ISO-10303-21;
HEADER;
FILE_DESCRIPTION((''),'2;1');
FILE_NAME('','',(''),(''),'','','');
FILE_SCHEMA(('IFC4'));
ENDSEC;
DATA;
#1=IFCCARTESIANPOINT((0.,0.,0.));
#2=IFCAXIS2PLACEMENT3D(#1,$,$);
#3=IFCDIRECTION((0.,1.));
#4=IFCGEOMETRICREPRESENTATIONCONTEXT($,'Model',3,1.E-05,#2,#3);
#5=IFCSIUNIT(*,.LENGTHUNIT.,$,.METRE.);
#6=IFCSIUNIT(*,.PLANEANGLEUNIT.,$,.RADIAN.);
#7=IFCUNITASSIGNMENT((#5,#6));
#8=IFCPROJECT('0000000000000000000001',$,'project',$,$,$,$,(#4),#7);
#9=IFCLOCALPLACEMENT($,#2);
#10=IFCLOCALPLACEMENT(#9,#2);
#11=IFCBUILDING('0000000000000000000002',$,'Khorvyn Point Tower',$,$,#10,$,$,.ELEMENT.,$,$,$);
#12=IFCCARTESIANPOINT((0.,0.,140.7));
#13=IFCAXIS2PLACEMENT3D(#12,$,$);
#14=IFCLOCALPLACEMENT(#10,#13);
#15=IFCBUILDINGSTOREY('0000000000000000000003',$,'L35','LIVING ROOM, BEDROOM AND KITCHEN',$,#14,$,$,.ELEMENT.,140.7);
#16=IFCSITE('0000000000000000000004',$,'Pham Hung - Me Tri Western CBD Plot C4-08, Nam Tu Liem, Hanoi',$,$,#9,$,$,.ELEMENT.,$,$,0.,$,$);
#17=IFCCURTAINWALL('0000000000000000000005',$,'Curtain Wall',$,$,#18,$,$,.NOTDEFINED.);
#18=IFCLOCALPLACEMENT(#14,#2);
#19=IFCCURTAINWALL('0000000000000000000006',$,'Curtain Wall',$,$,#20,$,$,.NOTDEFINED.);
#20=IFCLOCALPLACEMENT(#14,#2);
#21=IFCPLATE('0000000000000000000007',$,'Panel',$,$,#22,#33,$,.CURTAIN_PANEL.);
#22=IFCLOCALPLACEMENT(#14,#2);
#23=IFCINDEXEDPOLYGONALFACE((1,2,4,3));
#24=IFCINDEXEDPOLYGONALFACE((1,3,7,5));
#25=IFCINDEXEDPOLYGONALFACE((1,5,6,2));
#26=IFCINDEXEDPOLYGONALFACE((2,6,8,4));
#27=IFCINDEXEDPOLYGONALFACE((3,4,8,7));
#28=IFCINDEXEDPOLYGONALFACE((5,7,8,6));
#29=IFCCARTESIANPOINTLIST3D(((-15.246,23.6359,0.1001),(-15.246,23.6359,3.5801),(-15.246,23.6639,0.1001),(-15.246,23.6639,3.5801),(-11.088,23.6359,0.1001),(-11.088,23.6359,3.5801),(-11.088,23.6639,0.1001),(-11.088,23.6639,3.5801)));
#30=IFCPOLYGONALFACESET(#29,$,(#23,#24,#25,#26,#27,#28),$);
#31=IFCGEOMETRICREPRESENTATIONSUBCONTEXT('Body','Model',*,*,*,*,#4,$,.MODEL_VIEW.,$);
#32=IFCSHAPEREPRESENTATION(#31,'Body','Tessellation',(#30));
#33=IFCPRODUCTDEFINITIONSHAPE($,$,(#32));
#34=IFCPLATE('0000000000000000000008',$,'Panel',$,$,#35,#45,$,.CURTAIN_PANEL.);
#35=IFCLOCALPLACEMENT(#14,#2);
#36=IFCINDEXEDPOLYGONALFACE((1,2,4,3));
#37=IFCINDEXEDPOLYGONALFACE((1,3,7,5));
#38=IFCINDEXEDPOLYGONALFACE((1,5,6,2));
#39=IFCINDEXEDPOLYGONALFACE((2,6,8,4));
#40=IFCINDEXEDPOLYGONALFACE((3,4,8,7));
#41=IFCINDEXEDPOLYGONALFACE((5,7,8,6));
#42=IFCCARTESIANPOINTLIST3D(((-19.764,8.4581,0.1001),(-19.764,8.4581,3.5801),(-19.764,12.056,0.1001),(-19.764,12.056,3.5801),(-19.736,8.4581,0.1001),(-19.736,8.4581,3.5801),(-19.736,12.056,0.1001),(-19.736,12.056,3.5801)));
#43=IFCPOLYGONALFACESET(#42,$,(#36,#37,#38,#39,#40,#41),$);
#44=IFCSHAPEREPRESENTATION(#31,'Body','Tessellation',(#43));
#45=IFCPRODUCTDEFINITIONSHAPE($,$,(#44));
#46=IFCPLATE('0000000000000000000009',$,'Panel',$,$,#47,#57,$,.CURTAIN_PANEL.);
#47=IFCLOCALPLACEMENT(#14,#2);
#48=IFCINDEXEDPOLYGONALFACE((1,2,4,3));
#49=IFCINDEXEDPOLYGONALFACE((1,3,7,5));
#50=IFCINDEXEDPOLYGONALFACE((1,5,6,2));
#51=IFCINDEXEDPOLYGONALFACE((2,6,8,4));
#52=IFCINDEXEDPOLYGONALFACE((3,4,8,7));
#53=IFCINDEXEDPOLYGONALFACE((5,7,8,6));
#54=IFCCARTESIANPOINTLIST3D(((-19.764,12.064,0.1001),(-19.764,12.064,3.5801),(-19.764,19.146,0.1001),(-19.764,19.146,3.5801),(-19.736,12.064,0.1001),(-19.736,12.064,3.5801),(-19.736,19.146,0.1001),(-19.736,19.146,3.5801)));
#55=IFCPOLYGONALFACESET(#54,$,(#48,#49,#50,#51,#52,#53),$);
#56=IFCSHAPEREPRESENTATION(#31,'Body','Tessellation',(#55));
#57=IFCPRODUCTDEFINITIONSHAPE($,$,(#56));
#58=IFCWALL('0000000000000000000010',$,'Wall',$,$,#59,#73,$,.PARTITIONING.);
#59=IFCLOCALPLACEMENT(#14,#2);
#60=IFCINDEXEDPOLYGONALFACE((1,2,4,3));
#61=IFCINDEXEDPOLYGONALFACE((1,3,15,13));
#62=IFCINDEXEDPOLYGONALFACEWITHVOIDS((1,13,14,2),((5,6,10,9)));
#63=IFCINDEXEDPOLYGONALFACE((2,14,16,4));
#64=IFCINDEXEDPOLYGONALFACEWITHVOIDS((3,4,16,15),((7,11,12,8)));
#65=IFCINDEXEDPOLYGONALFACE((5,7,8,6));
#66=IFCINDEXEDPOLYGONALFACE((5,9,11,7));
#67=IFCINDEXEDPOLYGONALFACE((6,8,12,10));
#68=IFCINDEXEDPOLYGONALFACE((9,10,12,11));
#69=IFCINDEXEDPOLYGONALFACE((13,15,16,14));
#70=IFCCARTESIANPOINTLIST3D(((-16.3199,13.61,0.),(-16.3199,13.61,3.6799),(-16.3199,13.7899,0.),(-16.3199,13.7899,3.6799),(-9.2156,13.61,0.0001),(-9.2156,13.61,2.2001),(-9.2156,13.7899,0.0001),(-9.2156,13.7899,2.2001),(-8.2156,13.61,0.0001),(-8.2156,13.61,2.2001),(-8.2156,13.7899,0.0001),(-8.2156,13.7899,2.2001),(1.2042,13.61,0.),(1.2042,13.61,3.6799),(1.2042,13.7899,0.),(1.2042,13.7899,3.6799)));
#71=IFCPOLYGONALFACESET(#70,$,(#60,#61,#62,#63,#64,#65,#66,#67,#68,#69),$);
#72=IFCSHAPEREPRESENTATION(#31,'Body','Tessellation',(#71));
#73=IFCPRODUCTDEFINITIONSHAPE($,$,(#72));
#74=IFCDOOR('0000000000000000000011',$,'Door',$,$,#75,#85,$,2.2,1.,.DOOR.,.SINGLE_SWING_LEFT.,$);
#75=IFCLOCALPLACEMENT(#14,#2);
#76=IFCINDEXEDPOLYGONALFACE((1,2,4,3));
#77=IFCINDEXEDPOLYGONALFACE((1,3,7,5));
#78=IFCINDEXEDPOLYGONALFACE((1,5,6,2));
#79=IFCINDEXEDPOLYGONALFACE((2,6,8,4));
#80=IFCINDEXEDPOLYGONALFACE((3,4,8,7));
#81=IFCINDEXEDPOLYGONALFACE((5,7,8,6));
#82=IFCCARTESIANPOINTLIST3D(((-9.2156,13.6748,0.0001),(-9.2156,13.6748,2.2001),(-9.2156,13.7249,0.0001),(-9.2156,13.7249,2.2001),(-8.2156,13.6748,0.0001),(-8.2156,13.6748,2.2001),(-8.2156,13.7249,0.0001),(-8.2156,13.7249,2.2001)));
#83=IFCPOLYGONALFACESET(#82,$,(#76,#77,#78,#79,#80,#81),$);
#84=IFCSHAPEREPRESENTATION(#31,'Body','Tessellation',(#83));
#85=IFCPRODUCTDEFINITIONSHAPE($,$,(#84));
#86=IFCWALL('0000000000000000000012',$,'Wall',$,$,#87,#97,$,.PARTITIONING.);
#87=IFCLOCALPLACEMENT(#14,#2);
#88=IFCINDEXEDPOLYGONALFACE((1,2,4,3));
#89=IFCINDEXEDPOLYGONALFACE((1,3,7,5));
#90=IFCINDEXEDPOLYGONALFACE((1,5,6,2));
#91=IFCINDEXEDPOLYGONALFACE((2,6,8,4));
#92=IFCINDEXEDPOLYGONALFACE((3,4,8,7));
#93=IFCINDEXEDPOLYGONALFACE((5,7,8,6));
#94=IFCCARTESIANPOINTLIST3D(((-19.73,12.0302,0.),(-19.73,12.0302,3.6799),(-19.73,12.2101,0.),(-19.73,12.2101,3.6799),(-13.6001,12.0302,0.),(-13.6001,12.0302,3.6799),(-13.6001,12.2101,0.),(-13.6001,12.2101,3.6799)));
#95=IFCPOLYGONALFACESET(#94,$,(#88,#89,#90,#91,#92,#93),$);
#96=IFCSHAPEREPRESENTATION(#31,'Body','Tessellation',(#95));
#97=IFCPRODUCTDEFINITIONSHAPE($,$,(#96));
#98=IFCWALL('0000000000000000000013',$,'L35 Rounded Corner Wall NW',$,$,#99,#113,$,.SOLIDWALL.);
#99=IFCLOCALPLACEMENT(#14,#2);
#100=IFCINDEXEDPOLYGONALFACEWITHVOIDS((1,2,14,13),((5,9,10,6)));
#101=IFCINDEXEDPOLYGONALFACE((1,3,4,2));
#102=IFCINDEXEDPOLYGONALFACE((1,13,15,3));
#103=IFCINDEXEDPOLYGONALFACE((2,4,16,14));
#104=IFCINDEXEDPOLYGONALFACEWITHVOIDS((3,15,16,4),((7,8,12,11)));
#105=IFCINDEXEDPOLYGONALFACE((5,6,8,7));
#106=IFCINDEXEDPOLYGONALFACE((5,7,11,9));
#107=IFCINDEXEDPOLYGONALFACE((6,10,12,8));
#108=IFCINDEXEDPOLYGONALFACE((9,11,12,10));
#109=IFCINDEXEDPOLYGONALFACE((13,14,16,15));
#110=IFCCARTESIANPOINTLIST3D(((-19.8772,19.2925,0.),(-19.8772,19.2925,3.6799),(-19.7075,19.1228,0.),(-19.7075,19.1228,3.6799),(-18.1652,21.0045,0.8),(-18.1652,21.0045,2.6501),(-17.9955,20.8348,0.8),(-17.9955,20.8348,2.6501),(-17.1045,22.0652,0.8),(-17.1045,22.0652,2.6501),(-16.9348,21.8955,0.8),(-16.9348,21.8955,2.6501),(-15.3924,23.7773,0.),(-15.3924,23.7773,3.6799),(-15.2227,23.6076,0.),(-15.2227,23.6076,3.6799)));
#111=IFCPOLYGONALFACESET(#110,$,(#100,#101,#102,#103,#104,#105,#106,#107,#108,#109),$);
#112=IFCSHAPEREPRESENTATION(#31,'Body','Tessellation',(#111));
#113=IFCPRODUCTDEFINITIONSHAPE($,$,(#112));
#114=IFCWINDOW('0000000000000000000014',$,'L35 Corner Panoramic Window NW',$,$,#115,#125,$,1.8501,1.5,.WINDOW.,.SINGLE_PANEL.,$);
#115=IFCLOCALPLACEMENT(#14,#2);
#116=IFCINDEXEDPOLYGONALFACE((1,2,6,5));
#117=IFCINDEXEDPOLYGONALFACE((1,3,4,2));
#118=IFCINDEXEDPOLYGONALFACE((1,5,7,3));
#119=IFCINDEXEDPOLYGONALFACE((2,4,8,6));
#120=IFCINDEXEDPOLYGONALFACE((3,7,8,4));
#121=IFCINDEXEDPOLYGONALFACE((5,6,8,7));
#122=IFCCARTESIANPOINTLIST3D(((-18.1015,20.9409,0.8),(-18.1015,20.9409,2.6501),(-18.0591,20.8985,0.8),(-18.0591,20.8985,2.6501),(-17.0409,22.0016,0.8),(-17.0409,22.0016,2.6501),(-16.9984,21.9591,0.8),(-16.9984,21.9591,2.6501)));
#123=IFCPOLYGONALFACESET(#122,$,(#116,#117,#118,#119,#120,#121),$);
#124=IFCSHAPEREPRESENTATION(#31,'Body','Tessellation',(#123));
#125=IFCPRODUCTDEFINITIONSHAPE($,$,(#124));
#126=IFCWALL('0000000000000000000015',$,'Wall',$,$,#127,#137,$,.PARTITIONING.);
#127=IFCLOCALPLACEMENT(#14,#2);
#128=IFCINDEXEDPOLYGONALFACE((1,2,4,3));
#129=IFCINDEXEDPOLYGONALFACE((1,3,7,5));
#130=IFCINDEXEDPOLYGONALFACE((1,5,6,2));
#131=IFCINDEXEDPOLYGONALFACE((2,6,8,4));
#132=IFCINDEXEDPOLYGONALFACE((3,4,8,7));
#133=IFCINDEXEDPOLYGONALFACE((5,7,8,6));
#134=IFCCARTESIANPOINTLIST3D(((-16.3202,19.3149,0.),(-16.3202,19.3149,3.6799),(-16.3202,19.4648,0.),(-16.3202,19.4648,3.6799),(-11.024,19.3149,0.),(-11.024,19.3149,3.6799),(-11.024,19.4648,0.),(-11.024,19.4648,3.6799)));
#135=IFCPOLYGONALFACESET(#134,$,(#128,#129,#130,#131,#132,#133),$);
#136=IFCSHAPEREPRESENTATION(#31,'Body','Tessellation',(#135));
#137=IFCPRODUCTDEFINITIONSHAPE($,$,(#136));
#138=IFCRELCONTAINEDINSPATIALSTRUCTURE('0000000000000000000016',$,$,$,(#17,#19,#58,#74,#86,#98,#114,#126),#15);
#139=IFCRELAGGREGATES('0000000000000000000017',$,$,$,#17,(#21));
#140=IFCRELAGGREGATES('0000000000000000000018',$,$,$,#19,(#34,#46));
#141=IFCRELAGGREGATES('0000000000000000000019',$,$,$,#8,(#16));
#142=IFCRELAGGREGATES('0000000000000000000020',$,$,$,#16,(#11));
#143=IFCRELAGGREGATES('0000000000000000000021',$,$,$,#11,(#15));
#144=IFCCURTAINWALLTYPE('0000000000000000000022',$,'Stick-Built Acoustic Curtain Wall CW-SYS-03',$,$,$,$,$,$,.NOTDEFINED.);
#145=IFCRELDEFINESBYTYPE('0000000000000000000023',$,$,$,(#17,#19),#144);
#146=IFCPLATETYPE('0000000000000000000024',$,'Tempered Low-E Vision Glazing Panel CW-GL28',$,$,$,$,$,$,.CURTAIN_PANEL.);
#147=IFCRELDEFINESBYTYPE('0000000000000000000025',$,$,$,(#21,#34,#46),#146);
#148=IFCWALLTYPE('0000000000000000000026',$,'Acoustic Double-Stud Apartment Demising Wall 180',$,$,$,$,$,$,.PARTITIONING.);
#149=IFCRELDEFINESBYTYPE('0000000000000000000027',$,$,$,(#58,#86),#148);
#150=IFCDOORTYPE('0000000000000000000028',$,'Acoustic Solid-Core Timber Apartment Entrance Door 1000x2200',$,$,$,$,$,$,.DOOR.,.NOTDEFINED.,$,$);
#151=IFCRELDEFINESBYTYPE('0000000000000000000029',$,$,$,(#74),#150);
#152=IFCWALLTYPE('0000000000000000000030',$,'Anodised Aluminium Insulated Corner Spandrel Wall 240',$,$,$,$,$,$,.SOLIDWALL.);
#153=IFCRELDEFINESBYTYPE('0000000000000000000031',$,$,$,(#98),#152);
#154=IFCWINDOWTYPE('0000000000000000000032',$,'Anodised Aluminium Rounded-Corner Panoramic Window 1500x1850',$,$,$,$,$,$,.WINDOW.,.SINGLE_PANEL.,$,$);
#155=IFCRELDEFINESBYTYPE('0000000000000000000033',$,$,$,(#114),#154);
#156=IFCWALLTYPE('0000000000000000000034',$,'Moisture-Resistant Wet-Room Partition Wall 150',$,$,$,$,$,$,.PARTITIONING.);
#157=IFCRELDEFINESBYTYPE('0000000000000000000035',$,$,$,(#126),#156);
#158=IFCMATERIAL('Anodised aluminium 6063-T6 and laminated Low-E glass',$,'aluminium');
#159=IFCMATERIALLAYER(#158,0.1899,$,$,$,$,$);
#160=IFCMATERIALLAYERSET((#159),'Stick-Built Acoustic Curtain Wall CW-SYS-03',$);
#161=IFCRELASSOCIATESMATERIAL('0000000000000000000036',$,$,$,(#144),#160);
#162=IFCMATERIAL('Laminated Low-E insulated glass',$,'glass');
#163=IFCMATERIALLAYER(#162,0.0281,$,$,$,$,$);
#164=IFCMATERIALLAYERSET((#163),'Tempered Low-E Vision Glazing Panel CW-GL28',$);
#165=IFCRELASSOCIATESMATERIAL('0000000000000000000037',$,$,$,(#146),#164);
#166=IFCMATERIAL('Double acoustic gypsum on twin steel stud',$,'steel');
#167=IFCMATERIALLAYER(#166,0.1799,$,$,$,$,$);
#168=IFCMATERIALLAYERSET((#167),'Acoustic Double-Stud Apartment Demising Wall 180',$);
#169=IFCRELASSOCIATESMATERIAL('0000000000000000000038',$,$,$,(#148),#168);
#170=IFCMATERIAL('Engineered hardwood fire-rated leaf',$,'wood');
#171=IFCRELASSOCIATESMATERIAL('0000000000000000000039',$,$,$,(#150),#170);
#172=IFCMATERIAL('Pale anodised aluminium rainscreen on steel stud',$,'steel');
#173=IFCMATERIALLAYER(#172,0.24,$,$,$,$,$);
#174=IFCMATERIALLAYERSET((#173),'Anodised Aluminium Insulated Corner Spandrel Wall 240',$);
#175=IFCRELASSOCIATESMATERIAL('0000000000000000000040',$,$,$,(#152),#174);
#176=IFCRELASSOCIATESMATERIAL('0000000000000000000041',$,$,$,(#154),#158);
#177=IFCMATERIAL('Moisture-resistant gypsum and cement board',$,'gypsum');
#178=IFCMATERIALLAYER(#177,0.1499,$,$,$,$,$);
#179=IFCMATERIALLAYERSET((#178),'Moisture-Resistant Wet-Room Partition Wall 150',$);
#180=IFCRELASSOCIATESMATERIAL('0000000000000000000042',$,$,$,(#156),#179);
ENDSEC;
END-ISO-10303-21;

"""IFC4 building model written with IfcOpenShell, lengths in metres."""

from ifc_helpers import new_model, si_unit, direction, frame, frame_2d, origin, origin_2d, place, context, subcontext, project, spatial, rectangle, extrude, material, layer, layer_set, type_object, element, fill, aggregate, save


model = new_model("IFC4")

# Units and contexts
model_context = context("Model", 3, precision=1e-05, world=origin(), true_north=direction((0.0, 1.0)))
body_context = subcontext(model_context, "Body", "Model", "MODEL_VIEW")
ifc_project = project(units=[si_unit("LENGTHUNIT", "METRE"), si_unit("PLANEANGLEUNIT", "RADIAN")], contexts=[model_context])

# Site, building, storey
site_placement = place(None, origin())
site = spatial("IfcSite", under=ifc_project, at=site_placement, Name="Pham Hung - Me Tri Western CBD Plot C4-08, Nam Tu Liem, Hanoi", CompositionType="ELEMENT", RefElevation=0.0)
building_placement = place(site_placement, origin())
building = spatial("IfcBuilding", under=site, at=building_placement, Name="Khorvyn Point Tower", CompositionType="ELEMENT")
storey_placement = place(building_placement, frame((0.0, 0.0, 140.7)))
storey = spatial("IfcBuildingStorey", under=building, at=storey_placement, Name="L35", Description="LIVING ROOM, BEDROOM AND KITCHEN", CompositionType="ELEMENT", Elevation=140.7)

# Curtain walls
ifc_material_1 = material(Name="Anodised aluminium 6063-T6 and laminated Low-E glass", Category="aluminium")
ifc_layer_1 = layer(ifc_material_1, 0.1899)
ifc_layer_set_1 = layer_set([ifc_layer_1], Name="Stick-Built Acoustic Curtain Wall CW-SYS-03")
curtain_wall_type = type_object("IfcCurtainWallType", Name="Stick-Built Acoustic Curtain Wall CW-SYS-03", PredefinedType="NOTDEFINED", material=ifc_layer_set_1)
curtain_wall_1_placement = place(storey_placement, origin())
curtain_wall_1 = element("IfcCurtainWall", 1, at=curtain_wall_1_placement, inside=storey, type_object=curtain_wall_type, Name="Curtain Wall", PredefinedType="NOTDEFINED")
curtain_wall_2_placement = place(storey_placement, origin())
curtain_wall_2 = element("IfcCurtainWall", 2, at=curtain_wall_2_placement, inside=storey, type_object=curtain_wall_type, Name="Curtain Wall", PredefinedType="NOTDEFINED")

# Plates
ifc_material_2 = material(Name="Laminated Low-E insulated glass", Category="glass")
ifc_layer_2 = layer(ifc_material_2, 0.0281)
ifc_layer_set_2 = layer_set([ifc_layer_2], Name="Tempered Low-E Vision Glazing Panel CW-GL28")
plate_type = type_object("IfcPlateType", Name="Tempered Low-E Vision Glazing Panel CW-GL28", PredefinedType="CURTAIN_PANEL", material=ifc_layer_set_2)
plate_1_placement = place(storey_placement, frame((-13.167, 23.6499, 0.1001), z_axis=(0.0, 0.0, 1.0), x_axis=(1.0, 0.0, 0.0)))
plate_1 = element("IfcPlate", 3, at=plate_1_placement, type_object=plate_type, Name="Panel", PredefinedType="CURTAIN_PANEL", context=body_context, shape_type="SweptSolid", body=[
    extrude(rectangle(XDim=4.158, YDim=0.0281, at=origin_2d()), origin(), (0.0, 0.0, 1.0), 3.48),
])
aggregate(curtain_wall_1, [plate_1])
plate_2_placement = place(storey_placement, frame((-19.75, 10.2571, 0.1001), z_axis=(0.0, 0.0, 1.0), x_axis=(0.0, 1.0, 0.0)))
plate_2 = element("IfcPlate", 4, at=plate_2_placement, type_object=plate_type, Name="Panel", PredefinedType="CURTAIN_PANEL", context=body_context, shape_type="SweptSolid", body=[
    extrude(rectangle(XDim=3.5979, YDim=0.0281, at=origin_2d()), origin(), (0.0, 0.0, 1.0), 3.48),
])
plate_3_placement = place(storey_placement, frame((-19.75, 15.605, 0.1001), z_axis=(0.0, 0.0, 1.0), x_axis=(0.0, 1.0, 0.0)))
plate_3 = element("IfcPlate", 5, at=plate_3_placement, type_object=plate_type, Name="Panel", PredefinedType="CURTAIN_PANEL", context=body_context, shape_type="SweptSolid", body=[
    extrude(rectangle(XDim=7.082, YDim=0.0281, at=origin_2d()), origin(), (0.0, 0.0, 1.0), 3.48),
])
aggregate(curtain_wall_2, [plate_2, plate_3])

# Wall, opening, door
ifc_material_3 = material(Name="Double acoustic gypsum on twin steel stud", Category="steel")
ifc_layer_3 = layer(ifc_material_3, 0.1799)
ifc_layer_set_3 = layer_set([ifc_layer_3], Name="Acoustic Double-Stud Apartment Demising Wall 180")
wall_type_1 = type_object("IfcWallType", Name="Acoustic Double-Stud Apartment Demising Wall 180", PredefinedType="PARTITIONING", material=ifc_layer_set_3)
wall_1_placement = place(storey_placement, frame((-16.3201, 13.7, 0.0), z_axis=(0.0, 0.0, 1.0), x_axis=(1.0, 0.0, 0.0)))
wall_1 = element("IfcWall", 6, at=wall_1_placement, inside=storey, type_object=wall_type_1, Name="Wall", PredefinedType="PARTITIONING", context=body_context, shape_type="SweptSolid", body=[
    extrude(rectangle(XDim=17.5242, YDim=0.1799, at=frame_2d((8.7622, 0.0))), origin(), (0.0, 0.0, 1.0), 3.6799),
])
opening_1_placement = place(wall_1_placement, frame((7.1045, 0.0, 0.0)))
opening_1 = element("IfcOpeningElement", 7, at=opening_1_placement, cuts=wall_1, PredefinedType="OPENING", context=body_context, shape_type="SweptSolid", body=[
    extrude(rectangle(XDim=1.0, YDim=2.2, at=frame_2d((0.5, 1.1001))), frame((0.0, 0.0999, 0.0), z_axis=(0.0, -1.0, 0.0), x_axis=(1.0, 0.0, 0.0)), (0.0, 0.0, 1.0), 0.2),
])
ifc_material_4 = material(Name="Engineered hardwood fire-rated leaf", Category="wood")
door_type = type_object("IfcDoorType", Name="Acoustic Solid-Core Timber Apartment Entrance Door 1000x2200", OperationType="NOTDEFINED", PredefinedType="DOOR", material=ifc_material_4)
door_placement = place(opening_1_placement, origin())
door = element("IfcDoor", 8, at=door_placement, inside=storey, type_object=door_type, Name="Door", OperationType="SINGLE_SWING_LEFT", OverallHeight=2.2, OverallWidth=1.0, PredefinedType="DOOR", context=body_context, shape_type="SweptSolid", body=[
    extrude(rectangle(XDim=1.0, YDim=2.2, at=frame_2d((0.5, 1.1001))), frame((0.0, 0.0249, 0.0), z_axis=(0.0, -1.0, 0.0), x_axis=(1.0, 0.0, 0.0)), (0.0, 0.0, 1.0), 0.05),
])
fill(opening_1, door)

# Wall
wall_2_placement = place(storey_placement, frame((-19.73, 12.1201, 0.0), z_axis=(0.0, 0.0, 1.0), x_axis=(1.0, 0.0, 0.0)))
element("IfcWall", 9, at=wall_2_placement, inside=storey, type_object=wall_type_1, Name="Wall", PredefinedType="PARTITIONING", context=body_context, shape_type="SweptSolid", body=[
    extrude(rectangle(XDim=6.1299, YDim=0.1799, at=frame_2d((3.0649, 0.0))), origin(), (0.0, 0.0, 1.0), 3.6799),
])

# Wall, opening, window
ifc_material_5 = material(Name="Pale anodised aluminium rainscreen on steel stud", Category="steel")
ifc_layer_4 = layer(ifc_material_5, 0.24)
ifc_layer_set_4 = layer_set([ifc_layer_4], Name="Anodised Aluminium Insulated Corner Spandrel Wall 240")
wall_type_2 = type_object("IfcWallType", Name="Anodised Aluminium Insulated Corner Spandrel Wall 240", PredefinedType="SOLIDWALL", material=ifc_layer_set_4)
wall_3_placement = place(storey_placement, frame((-19.7925, 19.2075, 0.0), z_axis=(0.0, 0.0, 1.0), x_axis=(0.707107, 0.707107, 0.0)))
wall_3 = element("IfcWall", 10, at=wall_3_placement, inside=storey, type_object=wall_type_2, Name="L35 Rounded Corner Wall NW", PredefinedType="SOLIDWALL", context=body_context, shape_type="SweptSolid", body=[
    extrude(rectangle(XDim=6.3425, YDim=0.24, at=frame_2d((3.1714, 0.0))), origin(), (0.0, 0.0, 1.0), 3.6799),
])
opening_2_placement = place(wall_3_placement, frame((2.4214, 0.0, 0.8)))
opening_2 = element("IfcOpeningElement", 11, at=opening_2_placement, cuts=wall_3, PredefinedType="OPENING", context=body_context, shape_type="SweptSolid", body=[
    extrude(rectangle(XDim=1.5, YDim=1.8501, at=frame_2d((0.75, 0.925))), frame((0.0, 0.1299, 0.0), z_axis=(0.0, -1.0, 0.0), x_axis=(1.0, 0.0, 0.0)), (0.0, 0.0, 1.0), 0.26),
])
window_type = type_object("IfcWindowType", Name="Anodised Aluminium Rounded-Corner Panoramic Window 1500x1850", PartitioningType="SINGLE_PANEL", PredefinedType="WINDOW", material=ifc_material_1)
window_placement = place(opening_2_placement, origin())
window = element("IfcWindow", 12, at=window_placement, inside=storey, type_object=window_type, Name="L35 Corner Panoramic Window NW", OverallHeight=1.8501, OverallWidth=1.5, PartitioningType="SINGLE_PANEL", PredefinedType="WINDOW", context=body_context, shape_type="SweptSolid", body=[
    extrude(rectangle(XDim=1.5, YDim=1.8501, at=frame_2d((0.75, 0.925))), frame((0.0, 0.03, 0.0), z_axis=(0.0, -1.0, 0.0), x_axis=(1.0, 0.0, 0.0)), (0.0, 0.0, 1.0), 0.0601),
])
fill(opening_2, window)

# Wall
ifc_material_6 = material(Name="Moisture-resistant gypsum and cement board", Category="gypsum")
ifc_layer_5 = layer(ifc_material_6, 0.1499)
ifc_layer_set_5 = layer_set([ifc_layer_5], Name="Moisture-Resistant Wet-Room Partition Wall 150")
wall_type_3 = type_object("IfcWallType", Name="Moisture-Resistant Wet-Room Partition Wall 150", PredefinedType="PARTITIONING", material=ifc_layer_set_5)
wall_4_placement = place(storey_placement, frame((-16.3201, 19.3899, 0.0), z_axis=(0.0, 0.0, 1.0), x_axis=(1.0, 0.0, 0.0)))
element("IfcWall", 13, at=wall_4_placement, inside=storey, type_object=wall_type_3, Name="Wall", PredefinedType="PARTITIONING", context=body_context, shape_type="SweptSolid", body=[
    extrude(rectangle(XDim=5.2961, YDim=0.1499, at=frame_2d((2.6479, 0.0))), origin(), (0.0, 0.0, 1.0), 3.6799),
])

save(model, "model.ifc")
